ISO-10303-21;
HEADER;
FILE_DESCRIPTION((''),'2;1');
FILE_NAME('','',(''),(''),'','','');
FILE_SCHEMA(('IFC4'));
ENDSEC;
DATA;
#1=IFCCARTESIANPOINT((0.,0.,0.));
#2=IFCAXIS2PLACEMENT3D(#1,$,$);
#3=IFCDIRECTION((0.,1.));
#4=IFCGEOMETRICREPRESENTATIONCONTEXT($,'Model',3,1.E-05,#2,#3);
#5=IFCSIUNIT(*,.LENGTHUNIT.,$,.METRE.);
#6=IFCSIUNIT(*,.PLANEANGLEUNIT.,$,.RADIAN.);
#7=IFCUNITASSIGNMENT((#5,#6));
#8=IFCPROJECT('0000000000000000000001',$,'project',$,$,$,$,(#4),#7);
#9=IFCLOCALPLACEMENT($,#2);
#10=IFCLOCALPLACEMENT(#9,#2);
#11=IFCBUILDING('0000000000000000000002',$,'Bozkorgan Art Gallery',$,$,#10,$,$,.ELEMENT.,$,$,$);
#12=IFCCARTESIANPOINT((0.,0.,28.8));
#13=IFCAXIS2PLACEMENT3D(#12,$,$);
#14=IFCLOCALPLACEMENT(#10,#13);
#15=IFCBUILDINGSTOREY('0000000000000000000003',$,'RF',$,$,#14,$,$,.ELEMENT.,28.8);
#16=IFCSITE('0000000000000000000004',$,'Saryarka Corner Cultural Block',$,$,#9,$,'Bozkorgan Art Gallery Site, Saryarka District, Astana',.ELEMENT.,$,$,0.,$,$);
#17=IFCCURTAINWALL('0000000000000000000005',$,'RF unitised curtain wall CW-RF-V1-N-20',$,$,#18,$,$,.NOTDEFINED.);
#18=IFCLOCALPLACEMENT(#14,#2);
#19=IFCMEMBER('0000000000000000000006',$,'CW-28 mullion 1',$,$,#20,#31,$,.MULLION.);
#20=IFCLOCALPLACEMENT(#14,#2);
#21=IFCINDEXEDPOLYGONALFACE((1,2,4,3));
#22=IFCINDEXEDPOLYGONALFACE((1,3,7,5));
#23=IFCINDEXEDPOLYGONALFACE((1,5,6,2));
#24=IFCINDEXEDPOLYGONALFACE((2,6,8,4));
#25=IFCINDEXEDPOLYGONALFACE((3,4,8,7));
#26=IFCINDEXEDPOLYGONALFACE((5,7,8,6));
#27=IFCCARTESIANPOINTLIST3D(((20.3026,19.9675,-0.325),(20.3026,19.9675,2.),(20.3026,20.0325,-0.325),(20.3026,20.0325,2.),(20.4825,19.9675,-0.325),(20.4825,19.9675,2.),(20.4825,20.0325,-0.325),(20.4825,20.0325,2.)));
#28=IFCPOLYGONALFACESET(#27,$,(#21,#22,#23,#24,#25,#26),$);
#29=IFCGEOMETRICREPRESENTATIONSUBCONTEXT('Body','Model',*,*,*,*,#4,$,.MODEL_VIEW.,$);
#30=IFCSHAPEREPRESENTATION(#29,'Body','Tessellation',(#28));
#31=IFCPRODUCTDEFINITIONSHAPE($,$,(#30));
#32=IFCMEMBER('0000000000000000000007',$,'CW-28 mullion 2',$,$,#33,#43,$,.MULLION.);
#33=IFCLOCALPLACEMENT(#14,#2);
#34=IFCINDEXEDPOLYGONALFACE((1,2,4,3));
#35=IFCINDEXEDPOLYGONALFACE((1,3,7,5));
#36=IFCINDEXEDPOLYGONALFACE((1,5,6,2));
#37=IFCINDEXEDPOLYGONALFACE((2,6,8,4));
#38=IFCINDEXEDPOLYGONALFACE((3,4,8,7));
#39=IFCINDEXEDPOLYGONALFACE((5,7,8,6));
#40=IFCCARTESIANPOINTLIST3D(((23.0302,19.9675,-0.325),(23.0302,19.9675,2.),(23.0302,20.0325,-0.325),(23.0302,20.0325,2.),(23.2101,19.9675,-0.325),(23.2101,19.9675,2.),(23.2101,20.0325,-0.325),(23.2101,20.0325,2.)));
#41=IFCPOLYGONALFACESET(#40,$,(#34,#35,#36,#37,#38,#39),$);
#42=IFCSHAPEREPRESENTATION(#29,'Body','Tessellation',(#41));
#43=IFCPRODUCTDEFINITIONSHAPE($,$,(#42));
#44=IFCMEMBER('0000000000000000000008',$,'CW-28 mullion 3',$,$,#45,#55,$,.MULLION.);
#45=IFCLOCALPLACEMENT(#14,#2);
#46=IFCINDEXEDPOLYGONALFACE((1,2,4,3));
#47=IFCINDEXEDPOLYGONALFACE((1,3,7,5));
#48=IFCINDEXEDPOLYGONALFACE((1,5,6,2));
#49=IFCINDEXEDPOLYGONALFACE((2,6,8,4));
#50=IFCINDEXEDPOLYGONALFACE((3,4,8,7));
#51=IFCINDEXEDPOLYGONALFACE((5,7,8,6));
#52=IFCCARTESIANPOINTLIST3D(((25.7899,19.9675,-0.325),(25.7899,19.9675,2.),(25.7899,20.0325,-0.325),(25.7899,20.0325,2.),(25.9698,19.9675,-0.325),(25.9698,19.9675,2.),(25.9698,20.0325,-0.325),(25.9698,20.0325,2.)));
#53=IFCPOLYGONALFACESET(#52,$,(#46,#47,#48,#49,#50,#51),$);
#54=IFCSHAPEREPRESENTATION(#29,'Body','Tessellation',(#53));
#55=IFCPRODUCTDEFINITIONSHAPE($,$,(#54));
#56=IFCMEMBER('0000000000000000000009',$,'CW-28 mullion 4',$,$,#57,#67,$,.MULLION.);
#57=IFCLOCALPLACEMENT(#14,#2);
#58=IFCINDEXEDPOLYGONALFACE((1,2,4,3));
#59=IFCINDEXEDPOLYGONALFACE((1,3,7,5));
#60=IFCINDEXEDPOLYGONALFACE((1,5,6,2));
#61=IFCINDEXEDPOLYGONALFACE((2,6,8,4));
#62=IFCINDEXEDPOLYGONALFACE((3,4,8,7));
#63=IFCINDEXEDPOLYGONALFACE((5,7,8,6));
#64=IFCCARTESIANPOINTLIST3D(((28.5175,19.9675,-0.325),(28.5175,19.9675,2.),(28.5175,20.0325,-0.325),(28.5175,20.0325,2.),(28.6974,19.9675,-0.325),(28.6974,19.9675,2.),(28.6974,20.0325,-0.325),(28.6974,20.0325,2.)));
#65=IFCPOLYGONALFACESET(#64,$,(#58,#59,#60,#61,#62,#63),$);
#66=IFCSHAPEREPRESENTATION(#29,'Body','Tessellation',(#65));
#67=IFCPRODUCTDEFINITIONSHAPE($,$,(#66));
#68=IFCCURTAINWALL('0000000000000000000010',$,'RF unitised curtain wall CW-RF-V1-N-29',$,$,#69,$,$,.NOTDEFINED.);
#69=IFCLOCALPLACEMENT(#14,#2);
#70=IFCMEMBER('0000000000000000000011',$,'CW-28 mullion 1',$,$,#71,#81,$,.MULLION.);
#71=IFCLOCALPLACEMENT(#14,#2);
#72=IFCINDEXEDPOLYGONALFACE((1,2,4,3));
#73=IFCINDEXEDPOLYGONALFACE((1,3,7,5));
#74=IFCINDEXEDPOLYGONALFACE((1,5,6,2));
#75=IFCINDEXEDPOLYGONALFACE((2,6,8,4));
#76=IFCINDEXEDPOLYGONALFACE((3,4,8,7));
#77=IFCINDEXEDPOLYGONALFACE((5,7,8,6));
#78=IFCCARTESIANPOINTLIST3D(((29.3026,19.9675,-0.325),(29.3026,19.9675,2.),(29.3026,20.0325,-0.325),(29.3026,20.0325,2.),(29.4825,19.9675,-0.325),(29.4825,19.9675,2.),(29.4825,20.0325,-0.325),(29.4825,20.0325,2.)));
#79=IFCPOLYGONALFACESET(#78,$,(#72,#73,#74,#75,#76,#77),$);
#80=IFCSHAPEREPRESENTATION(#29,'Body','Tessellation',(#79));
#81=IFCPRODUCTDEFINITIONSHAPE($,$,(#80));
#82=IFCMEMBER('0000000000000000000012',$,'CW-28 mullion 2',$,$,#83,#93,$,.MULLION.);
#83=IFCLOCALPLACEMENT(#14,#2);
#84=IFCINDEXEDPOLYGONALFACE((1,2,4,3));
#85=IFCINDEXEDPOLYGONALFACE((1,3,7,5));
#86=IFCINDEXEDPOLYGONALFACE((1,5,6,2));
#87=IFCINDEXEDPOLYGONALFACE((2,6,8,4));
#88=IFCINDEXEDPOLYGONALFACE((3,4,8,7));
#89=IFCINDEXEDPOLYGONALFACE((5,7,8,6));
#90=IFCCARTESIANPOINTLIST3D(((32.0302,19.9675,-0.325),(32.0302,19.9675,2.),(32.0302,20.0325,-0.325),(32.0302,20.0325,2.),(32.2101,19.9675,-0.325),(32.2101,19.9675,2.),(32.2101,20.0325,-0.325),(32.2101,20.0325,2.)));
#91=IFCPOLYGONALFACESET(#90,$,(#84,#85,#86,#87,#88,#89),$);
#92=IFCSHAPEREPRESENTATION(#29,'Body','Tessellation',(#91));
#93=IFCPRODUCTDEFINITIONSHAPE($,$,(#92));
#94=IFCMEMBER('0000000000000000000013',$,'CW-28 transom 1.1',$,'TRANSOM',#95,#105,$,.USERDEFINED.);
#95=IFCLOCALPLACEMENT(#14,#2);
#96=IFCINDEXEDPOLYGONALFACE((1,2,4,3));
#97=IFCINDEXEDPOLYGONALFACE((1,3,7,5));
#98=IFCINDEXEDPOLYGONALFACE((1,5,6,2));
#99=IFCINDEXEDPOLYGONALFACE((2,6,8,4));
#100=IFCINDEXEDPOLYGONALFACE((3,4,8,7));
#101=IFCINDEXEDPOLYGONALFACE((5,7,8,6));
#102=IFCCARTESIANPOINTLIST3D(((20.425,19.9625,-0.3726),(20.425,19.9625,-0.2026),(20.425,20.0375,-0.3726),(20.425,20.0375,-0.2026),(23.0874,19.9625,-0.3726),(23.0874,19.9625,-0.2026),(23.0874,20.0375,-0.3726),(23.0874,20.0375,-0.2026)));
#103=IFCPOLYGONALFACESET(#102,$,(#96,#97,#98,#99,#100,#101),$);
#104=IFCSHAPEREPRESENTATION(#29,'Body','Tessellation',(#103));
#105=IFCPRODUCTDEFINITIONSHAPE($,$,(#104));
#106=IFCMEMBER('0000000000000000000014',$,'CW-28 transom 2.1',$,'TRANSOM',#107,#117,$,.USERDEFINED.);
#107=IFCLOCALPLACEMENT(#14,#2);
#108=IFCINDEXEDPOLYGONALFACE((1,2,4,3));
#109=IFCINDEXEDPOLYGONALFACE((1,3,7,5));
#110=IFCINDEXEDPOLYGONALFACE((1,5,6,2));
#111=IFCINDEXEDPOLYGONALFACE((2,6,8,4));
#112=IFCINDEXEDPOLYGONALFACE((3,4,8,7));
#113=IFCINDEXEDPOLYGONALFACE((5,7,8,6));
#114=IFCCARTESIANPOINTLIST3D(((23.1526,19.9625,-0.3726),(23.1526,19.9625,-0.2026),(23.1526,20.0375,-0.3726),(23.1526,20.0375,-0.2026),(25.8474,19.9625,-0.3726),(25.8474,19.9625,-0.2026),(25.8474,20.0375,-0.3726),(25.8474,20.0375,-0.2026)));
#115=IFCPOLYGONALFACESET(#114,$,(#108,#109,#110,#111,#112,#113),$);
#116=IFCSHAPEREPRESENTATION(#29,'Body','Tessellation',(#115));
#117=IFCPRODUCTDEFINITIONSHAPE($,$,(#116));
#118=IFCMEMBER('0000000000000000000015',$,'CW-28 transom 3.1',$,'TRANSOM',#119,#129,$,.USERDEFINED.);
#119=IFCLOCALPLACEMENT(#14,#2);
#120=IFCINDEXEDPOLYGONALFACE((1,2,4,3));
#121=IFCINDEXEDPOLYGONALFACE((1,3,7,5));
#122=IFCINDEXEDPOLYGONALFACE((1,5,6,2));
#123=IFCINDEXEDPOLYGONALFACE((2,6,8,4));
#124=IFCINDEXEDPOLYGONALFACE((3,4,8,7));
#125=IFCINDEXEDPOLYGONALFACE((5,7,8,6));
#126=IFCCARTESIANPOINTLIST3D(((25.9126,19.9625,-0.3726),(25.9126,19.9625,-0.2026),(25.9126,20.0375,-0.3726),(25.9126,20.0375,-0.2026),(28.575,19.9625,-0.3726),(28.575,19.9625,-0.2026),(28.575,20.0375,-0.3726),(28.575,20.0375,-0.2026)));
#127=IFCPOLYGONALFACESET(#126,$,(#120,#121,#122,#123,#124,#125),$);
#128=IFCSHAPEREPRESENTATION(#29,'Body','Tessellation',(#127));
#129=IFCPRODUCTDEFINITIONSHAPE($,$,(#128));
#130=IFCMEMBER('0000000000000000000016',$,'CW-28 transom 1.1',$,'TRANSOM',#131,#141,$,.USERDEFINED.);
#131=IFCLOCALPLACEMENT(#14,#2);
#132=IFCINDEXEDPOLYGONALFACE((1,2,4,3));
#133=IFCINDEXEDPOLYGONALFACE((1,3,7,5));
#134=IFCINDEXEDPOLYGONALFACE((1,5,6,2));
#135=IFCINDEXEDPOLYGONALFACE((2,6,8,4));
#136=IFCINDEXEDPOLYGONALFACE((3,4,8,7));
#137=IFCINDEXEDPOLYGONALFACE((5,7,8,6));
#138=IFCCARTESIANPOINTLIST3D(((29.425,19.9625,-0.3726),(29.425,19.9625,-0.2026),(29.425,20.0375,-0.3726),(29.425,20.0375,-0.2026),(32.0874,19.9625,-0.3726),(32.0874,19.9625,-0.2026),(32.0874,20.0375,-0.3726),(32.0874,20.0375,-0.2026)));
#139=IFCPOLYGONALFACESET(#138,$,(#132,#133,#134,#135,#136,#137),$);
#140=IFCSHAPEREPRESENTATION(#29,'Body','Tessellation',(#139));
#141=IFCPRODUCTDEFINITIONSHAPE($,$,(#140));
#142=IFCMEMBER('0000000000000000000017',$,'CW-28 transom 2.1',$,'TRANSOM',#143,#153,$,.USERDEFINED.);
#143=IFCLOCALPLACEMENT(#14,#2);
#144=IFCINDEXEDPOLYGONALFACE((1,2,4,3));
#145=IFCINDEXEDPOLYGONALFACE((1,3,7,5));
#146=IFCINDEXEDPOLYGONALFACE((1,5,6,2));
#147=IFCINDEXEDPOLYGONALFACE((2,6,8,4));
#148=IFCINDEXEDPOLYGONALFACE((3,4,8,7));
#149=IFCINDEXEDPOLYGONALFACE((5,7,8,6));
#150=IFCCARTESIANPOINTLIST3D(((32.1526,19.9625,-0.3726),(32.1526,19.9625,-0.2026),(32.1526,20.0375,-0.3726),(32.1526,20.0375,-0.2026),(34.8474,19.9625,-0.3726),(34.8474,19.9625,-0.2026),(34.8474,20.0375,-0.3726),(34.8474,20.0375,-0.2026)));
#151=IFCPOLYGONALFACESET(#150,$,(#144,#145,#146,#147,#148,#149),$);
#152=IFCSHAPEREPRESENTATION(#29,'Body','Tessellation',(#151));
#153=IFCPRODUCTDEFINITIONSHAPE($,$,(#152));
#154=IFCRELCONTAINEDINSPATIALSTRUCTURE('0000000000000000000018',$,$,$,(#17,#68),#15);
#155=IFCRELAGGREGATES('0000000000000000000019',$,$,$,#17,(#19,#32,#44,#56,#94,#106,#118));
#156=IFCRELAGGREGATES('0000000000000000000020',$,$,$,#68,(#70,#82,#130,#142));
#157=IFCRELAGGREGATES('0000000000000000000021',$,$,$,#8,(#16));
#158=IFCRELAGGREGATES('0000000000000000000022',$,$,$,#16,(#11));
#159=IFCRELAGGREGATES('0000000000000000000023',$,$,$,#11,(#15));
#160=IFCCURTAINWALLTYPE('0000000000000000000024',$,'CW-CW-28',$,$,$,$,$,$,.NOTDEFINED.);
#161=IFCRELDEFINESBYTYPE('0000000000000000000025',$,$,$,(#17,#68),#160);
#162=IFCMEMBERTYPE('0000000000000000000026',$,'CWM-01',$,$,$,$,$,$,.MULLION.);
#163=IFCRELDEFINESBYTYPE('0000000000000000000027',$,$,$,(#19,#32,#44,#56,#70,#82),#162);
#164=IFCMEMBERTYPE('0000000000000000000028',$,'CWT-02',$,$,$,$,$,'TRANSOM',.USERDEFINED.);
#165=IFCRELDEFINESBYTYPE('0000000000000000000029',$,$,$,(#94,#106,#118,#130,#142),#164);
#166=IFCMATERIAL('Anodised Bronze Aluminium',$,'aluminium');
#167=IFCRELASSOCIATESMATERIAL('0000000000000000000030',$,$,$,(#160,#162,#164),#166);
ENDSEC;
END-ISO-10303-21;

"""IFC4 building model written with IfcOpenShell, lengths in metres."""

from ifc_helpers import new_model, si_unit, direction, frame, origin, origin_2d, place, context, subcontext, project, spatial, rectangle, extrude, material, material_profile, profile_set, type_object, element, aggregate, save


model = new_model("IFC4")

# Units and contexts
model_context = context("Model", 3, precision=1e-05, world=origin(), true_north=direction((0.0, 1.0)))
body_context = subcontext(model_context, "Body", "Model", "MODEL_VIEW")
ifc_project = project(units=[si_unit("LENGTHUNIT", "METRE"), si_unit("PLANEANGLEUNIT", "RADIAN")], contexts=[model_context])

# Site, building, storey
site_placement = place(None, origin())
site = spatial("IfcSite", under=ifc_project, at=site_placement, Name="Saryarka Corner Cultural Block", LongName="Bozkorgan Art Gallery Site, Saryarka District, Astana", CompositionType="ELEMENT", RefElevation=0.0)
building_placement = place(site_placement, origin())
building = spatial("IfcBuilding", under=site, at=building_placement, Name="Bozkorgan Art Gallery", CompositionType="ELEMENT")
storey_placement = place(building_placement, frame((0.0, 0.0, 28.8)))
storey = spatial("IfcBuildingStorey", under=building, at=storey_placement, Name="RF", CompositionType="ELEMENT", Elevation=28.8)

# Curtain walls, members
ifc_material_1 = material(Name="Anodised Bronze Aluminium", Category="aluminium")
curtain_wall_type = type_object("IfcCurtainWallType", Name="CW-CW-28", PredefinedType="NOTDEFINED", material=ifc_material_1)
curtain_wall_1_placement = place(storey_placement, origin())
curtain_wall_1 = element("IfcCurtainWall", 1, at=curtain_wall_1_placement, inside=storey, type_object=curtain_wall_type, Name="RF unitised curtain wall CW-RF-V1-N-20", PredefinedType="NOTDEFINED")
ifc_material_profile_1 = material_profile(ifc_material_1, rectangle(XDim=0.0649, YDim=0.1799, at=origin_2d()), Name="ALU MULLION 65x180")
ifc_profile_set_1 = profile_set([ifc_material_profile_1], Name="Anodised Bronze Aluminium")
member_type_1 = type_object("IfcMemberType", Name="CWM-01", PredefinedType="MULLION", material=ifc_profile_set_1)
member_1_placement = place(storey_placement, frame((20.3926, 20.0, -0.325), z_axis=(0.0, 0.0, 1.0), x_axis=(0.0, 1.0, 0.0)))
member_1 = element("IfcMember", 2, at=member_1_placement, type_object=member_type_1, Name="CW-28 mullion 1", PredefinedType="MULLION", context=body_context, shape_type="SweptSolid", body=[
    extrude(rectangle(XDim=0.0649, YDim=0.1799, at=origin_2d()), origin(), (0.0, 0.0, 1.0), 2.325),
])
member_2_placement = place(storey_placement, frame((23.1201, 20.0, -0.325), z_axis=(0.0, 0.0, 1.0), x_axis=(0.0, 1.0, 0.0)))
member_2 = element("IfcMember", 3, at=member_2_placement, type_object=member_type_1, Name="CW-28 mullion 2", PredefinedType="MULLION", context=body_context, shape_type="SweptSolid", body=[
    extrude(rectangle(XDim=0.0649, YDim=0.1799, at=origin_2d()), origin(), (0.0, 0.0, 1.0), 2.325),
])
member_3_placement = place(storey_placement, frame((25.8799, 20.0, -0.325), z_axis=(0.0, 0.0, 1.0), x_axis=(0.0, 1.0, 0.0)))
member_3 = element("IfcMember", 4, at=member_3_placement, type_object=member_type_1, Name="CW-28 mullion 3", PredefinedType="MULLION", context=body_context, shape_type="SweptSolid", body=[
    extrude(rectangle(XDim=0.0649, YDim=0.1799, at=origin_2d()), origin(), (0.0, 0.0, 1.0), 2.325),
])
member_4_placement = place(storey_placement, frame((28.6074, 20.0, -0.325), z_axis=(0.0, 0.0, 1.0), x_axis=(0.0, 1.0, 0.0)))
member_4 = element("IfcMember", 5, at=member_4_placement, type_object=member_type_1, Name="CW-28 mullion 4", PredefinedType="MULLION", context=body_context, shape_type="SweptSolid", body=[
    extrude(rectangle(XDim=0.0649, YDim=0.1799, at=origin_2d()), origin(), (0.0, 0.0, 1.0), 2.325),
])
curtain_wall_2_placement = place(storey_placement, origin())
curtain_wall_2 = element("IfcCurtainWall", 6, at=curtain_wall_2_placement, inside=storey, type_object=curtain_wall_type, Name="RF unitised curtain wall CW-RF-V1-N-29", PredefinedType="NOTDEFINED")
member_5_placement = place(storey_placement, frame((29.3926, 20.0, -0.325), z_axis=(0.0, 0.0, 1.0), x_axis=(0.0, 1.0, 0.0)))
member_5 = element("IfcMember", 7, at=member_5_placement, type_object=member_type_1, Name="CW-28 mullion 1", PredefinedType="MULLION", context=body_context, shape_type="SweptSolid", body=[
    extrude(rectangle(XDim=0.0649, YDim=0.1799, at=origin_2d()), origin(), (0.0, 0.0, 1.0), 2.325),
])
member_6_placement = place(storey_placement, frame((32.1201, 20.0, -0.325), z_axis=(0.0, 0.0, 1.0), x_axis=(0.0, 1.0, 0.0)))
member_6 = element("IfcMember", 8, at=member_6_placement, type_object=member_type_1, Name="CW-28 mullion 2", PredefinedType="MULLION", context=body_context, shape_type="SweptSolid", body=[
    extrude(rectangle(XDim=0.0649, YDim=0.1799, at=origin_2d()), origin(), (0.0, 0.0, 1.0), 2.325),
])

# Members
ifc_material_profile_2 = material_profile(ifc_material_1, rectangle(XDim=0.075, YDim=0.1699, at=origin_2d()), Name="ALU TRANSOM 75x170")
ifc_profile_set_2 = profile_set([ifc_material_profile_2], Name="Anodised Bronze Aluminium")
member_type_2 = type_object("IfcMemberType", Name="CWT-02", ElementType="TRANSOM", PredefinedType="USERDEFINED", material=ifc_profile_set_2)
member_7_placement = place(storey_placement, frame((20.425, 20.0, -0.2876), z_axis=(1.0, 0.0, 0.0), x_axis=(0.0, 1.0, 0.0)))
member_7 = element("IfcMember", 9, at=member_7_placement, type_object=member_type_2, Name="CW-28 transom 1.1", ObjectType="TRANSOM", PredefinedType="USERDEFINED", context=body_context, shape_type="SweptSolid", body=[
    extrude(rectangle(XDim=0.075, YDim=0.1699, at=origin_2d()), origin(), (0.0, 0.0, 1.0), 2.6624),
])
member_8_placement = place(storey_placement, frame((23.1526, 20.0, -0.2876), z_axis=(1.0, 0.0, 0.0), x_axis=(0.0, 1.0, 0.0)))
member_8 = element("IfcMember", 10, at=member_8_placement, type_object=member_type_2, Name="CW-28 transom 2.1", ObjectType="TRANSOM", PredefinedType="USERDEFINED", context=body_context, shape_type="SweptSolid", body=[
    extrude(rectangle(XDim=0.075, YDim=0.1699, at=origin_2d()), origin(), (0.0, 0.0, 1.0), 2.6948),
])
member_9_placement = place(storey_placement, frame((25.9126, 20.0, -0.2876), z_axis=(1.0, 0.0, 0.0), x_axis=(0.0, 1.0, 0.0)))
member_9 = element("IfcMember", 11, at=member_9_placement, type_object=member_type_2, Name="CW-28 transom 3.1", ObjectType="TRANSOM", PredefinedType="USERDEFINED", context=body_context, shape_type="SweptSolid", body=[
    extrude(rectangle(XDim=0.075, YDim=0.1699, at=origin_2d()), origin(), (0.0, 0.0, 1.0), 2.6624),
])
member_10_placement = place(storey_placement, frame((29.425, 20.0, -0.2876), z_axis=(1.0, 0.0, 0.0), x_axis=(0.0, 1.0, 0.0)))
member_10 = element("IfcMember", 12, at=member_10_placement, type_object=member_type_2, Name="CW-28 transom 1.1", ObjectType="TRANSOM", PredefinedType="USERDEFINED", context=body_context, shape_type="SweptSolid", body=[
    extrude(rectangle(XDim=0.075, YDim=0.1699, at=origin_2d()), origin(), (0.0, 0.0, 1.0), 2.6624),
])
member_11_placement = place(storey_placement, frame((32.1526, 20.0, -0.2876), z_axis=(1.0, 0.0, 0.0), x_axis=(0.0, 1.0, 0.0)))
member_11 = element("IfcMember", 13, at=member_11_placement, type_object=member_type_2, Name="CW-28 transom 2.1", ObjectType="TRANSOM", PredefinedType="USERDEFINED", context=body_context, shape_type="SweptSolid", body=[
    extrude(rectangle(XDim=0.075, YDim=0.1699, at=origin_2d()), origin(), (0.0, 0.0, 1.0), 2.6948),
])

aggregate(curtain_wall_1, [member_1, member_2, member_3, member_4, member_7, member_8, member_9])
aggregate(curtain_wall_2, [member_5, member_6, member_10, member_11])

save(model, "model.ifc")
